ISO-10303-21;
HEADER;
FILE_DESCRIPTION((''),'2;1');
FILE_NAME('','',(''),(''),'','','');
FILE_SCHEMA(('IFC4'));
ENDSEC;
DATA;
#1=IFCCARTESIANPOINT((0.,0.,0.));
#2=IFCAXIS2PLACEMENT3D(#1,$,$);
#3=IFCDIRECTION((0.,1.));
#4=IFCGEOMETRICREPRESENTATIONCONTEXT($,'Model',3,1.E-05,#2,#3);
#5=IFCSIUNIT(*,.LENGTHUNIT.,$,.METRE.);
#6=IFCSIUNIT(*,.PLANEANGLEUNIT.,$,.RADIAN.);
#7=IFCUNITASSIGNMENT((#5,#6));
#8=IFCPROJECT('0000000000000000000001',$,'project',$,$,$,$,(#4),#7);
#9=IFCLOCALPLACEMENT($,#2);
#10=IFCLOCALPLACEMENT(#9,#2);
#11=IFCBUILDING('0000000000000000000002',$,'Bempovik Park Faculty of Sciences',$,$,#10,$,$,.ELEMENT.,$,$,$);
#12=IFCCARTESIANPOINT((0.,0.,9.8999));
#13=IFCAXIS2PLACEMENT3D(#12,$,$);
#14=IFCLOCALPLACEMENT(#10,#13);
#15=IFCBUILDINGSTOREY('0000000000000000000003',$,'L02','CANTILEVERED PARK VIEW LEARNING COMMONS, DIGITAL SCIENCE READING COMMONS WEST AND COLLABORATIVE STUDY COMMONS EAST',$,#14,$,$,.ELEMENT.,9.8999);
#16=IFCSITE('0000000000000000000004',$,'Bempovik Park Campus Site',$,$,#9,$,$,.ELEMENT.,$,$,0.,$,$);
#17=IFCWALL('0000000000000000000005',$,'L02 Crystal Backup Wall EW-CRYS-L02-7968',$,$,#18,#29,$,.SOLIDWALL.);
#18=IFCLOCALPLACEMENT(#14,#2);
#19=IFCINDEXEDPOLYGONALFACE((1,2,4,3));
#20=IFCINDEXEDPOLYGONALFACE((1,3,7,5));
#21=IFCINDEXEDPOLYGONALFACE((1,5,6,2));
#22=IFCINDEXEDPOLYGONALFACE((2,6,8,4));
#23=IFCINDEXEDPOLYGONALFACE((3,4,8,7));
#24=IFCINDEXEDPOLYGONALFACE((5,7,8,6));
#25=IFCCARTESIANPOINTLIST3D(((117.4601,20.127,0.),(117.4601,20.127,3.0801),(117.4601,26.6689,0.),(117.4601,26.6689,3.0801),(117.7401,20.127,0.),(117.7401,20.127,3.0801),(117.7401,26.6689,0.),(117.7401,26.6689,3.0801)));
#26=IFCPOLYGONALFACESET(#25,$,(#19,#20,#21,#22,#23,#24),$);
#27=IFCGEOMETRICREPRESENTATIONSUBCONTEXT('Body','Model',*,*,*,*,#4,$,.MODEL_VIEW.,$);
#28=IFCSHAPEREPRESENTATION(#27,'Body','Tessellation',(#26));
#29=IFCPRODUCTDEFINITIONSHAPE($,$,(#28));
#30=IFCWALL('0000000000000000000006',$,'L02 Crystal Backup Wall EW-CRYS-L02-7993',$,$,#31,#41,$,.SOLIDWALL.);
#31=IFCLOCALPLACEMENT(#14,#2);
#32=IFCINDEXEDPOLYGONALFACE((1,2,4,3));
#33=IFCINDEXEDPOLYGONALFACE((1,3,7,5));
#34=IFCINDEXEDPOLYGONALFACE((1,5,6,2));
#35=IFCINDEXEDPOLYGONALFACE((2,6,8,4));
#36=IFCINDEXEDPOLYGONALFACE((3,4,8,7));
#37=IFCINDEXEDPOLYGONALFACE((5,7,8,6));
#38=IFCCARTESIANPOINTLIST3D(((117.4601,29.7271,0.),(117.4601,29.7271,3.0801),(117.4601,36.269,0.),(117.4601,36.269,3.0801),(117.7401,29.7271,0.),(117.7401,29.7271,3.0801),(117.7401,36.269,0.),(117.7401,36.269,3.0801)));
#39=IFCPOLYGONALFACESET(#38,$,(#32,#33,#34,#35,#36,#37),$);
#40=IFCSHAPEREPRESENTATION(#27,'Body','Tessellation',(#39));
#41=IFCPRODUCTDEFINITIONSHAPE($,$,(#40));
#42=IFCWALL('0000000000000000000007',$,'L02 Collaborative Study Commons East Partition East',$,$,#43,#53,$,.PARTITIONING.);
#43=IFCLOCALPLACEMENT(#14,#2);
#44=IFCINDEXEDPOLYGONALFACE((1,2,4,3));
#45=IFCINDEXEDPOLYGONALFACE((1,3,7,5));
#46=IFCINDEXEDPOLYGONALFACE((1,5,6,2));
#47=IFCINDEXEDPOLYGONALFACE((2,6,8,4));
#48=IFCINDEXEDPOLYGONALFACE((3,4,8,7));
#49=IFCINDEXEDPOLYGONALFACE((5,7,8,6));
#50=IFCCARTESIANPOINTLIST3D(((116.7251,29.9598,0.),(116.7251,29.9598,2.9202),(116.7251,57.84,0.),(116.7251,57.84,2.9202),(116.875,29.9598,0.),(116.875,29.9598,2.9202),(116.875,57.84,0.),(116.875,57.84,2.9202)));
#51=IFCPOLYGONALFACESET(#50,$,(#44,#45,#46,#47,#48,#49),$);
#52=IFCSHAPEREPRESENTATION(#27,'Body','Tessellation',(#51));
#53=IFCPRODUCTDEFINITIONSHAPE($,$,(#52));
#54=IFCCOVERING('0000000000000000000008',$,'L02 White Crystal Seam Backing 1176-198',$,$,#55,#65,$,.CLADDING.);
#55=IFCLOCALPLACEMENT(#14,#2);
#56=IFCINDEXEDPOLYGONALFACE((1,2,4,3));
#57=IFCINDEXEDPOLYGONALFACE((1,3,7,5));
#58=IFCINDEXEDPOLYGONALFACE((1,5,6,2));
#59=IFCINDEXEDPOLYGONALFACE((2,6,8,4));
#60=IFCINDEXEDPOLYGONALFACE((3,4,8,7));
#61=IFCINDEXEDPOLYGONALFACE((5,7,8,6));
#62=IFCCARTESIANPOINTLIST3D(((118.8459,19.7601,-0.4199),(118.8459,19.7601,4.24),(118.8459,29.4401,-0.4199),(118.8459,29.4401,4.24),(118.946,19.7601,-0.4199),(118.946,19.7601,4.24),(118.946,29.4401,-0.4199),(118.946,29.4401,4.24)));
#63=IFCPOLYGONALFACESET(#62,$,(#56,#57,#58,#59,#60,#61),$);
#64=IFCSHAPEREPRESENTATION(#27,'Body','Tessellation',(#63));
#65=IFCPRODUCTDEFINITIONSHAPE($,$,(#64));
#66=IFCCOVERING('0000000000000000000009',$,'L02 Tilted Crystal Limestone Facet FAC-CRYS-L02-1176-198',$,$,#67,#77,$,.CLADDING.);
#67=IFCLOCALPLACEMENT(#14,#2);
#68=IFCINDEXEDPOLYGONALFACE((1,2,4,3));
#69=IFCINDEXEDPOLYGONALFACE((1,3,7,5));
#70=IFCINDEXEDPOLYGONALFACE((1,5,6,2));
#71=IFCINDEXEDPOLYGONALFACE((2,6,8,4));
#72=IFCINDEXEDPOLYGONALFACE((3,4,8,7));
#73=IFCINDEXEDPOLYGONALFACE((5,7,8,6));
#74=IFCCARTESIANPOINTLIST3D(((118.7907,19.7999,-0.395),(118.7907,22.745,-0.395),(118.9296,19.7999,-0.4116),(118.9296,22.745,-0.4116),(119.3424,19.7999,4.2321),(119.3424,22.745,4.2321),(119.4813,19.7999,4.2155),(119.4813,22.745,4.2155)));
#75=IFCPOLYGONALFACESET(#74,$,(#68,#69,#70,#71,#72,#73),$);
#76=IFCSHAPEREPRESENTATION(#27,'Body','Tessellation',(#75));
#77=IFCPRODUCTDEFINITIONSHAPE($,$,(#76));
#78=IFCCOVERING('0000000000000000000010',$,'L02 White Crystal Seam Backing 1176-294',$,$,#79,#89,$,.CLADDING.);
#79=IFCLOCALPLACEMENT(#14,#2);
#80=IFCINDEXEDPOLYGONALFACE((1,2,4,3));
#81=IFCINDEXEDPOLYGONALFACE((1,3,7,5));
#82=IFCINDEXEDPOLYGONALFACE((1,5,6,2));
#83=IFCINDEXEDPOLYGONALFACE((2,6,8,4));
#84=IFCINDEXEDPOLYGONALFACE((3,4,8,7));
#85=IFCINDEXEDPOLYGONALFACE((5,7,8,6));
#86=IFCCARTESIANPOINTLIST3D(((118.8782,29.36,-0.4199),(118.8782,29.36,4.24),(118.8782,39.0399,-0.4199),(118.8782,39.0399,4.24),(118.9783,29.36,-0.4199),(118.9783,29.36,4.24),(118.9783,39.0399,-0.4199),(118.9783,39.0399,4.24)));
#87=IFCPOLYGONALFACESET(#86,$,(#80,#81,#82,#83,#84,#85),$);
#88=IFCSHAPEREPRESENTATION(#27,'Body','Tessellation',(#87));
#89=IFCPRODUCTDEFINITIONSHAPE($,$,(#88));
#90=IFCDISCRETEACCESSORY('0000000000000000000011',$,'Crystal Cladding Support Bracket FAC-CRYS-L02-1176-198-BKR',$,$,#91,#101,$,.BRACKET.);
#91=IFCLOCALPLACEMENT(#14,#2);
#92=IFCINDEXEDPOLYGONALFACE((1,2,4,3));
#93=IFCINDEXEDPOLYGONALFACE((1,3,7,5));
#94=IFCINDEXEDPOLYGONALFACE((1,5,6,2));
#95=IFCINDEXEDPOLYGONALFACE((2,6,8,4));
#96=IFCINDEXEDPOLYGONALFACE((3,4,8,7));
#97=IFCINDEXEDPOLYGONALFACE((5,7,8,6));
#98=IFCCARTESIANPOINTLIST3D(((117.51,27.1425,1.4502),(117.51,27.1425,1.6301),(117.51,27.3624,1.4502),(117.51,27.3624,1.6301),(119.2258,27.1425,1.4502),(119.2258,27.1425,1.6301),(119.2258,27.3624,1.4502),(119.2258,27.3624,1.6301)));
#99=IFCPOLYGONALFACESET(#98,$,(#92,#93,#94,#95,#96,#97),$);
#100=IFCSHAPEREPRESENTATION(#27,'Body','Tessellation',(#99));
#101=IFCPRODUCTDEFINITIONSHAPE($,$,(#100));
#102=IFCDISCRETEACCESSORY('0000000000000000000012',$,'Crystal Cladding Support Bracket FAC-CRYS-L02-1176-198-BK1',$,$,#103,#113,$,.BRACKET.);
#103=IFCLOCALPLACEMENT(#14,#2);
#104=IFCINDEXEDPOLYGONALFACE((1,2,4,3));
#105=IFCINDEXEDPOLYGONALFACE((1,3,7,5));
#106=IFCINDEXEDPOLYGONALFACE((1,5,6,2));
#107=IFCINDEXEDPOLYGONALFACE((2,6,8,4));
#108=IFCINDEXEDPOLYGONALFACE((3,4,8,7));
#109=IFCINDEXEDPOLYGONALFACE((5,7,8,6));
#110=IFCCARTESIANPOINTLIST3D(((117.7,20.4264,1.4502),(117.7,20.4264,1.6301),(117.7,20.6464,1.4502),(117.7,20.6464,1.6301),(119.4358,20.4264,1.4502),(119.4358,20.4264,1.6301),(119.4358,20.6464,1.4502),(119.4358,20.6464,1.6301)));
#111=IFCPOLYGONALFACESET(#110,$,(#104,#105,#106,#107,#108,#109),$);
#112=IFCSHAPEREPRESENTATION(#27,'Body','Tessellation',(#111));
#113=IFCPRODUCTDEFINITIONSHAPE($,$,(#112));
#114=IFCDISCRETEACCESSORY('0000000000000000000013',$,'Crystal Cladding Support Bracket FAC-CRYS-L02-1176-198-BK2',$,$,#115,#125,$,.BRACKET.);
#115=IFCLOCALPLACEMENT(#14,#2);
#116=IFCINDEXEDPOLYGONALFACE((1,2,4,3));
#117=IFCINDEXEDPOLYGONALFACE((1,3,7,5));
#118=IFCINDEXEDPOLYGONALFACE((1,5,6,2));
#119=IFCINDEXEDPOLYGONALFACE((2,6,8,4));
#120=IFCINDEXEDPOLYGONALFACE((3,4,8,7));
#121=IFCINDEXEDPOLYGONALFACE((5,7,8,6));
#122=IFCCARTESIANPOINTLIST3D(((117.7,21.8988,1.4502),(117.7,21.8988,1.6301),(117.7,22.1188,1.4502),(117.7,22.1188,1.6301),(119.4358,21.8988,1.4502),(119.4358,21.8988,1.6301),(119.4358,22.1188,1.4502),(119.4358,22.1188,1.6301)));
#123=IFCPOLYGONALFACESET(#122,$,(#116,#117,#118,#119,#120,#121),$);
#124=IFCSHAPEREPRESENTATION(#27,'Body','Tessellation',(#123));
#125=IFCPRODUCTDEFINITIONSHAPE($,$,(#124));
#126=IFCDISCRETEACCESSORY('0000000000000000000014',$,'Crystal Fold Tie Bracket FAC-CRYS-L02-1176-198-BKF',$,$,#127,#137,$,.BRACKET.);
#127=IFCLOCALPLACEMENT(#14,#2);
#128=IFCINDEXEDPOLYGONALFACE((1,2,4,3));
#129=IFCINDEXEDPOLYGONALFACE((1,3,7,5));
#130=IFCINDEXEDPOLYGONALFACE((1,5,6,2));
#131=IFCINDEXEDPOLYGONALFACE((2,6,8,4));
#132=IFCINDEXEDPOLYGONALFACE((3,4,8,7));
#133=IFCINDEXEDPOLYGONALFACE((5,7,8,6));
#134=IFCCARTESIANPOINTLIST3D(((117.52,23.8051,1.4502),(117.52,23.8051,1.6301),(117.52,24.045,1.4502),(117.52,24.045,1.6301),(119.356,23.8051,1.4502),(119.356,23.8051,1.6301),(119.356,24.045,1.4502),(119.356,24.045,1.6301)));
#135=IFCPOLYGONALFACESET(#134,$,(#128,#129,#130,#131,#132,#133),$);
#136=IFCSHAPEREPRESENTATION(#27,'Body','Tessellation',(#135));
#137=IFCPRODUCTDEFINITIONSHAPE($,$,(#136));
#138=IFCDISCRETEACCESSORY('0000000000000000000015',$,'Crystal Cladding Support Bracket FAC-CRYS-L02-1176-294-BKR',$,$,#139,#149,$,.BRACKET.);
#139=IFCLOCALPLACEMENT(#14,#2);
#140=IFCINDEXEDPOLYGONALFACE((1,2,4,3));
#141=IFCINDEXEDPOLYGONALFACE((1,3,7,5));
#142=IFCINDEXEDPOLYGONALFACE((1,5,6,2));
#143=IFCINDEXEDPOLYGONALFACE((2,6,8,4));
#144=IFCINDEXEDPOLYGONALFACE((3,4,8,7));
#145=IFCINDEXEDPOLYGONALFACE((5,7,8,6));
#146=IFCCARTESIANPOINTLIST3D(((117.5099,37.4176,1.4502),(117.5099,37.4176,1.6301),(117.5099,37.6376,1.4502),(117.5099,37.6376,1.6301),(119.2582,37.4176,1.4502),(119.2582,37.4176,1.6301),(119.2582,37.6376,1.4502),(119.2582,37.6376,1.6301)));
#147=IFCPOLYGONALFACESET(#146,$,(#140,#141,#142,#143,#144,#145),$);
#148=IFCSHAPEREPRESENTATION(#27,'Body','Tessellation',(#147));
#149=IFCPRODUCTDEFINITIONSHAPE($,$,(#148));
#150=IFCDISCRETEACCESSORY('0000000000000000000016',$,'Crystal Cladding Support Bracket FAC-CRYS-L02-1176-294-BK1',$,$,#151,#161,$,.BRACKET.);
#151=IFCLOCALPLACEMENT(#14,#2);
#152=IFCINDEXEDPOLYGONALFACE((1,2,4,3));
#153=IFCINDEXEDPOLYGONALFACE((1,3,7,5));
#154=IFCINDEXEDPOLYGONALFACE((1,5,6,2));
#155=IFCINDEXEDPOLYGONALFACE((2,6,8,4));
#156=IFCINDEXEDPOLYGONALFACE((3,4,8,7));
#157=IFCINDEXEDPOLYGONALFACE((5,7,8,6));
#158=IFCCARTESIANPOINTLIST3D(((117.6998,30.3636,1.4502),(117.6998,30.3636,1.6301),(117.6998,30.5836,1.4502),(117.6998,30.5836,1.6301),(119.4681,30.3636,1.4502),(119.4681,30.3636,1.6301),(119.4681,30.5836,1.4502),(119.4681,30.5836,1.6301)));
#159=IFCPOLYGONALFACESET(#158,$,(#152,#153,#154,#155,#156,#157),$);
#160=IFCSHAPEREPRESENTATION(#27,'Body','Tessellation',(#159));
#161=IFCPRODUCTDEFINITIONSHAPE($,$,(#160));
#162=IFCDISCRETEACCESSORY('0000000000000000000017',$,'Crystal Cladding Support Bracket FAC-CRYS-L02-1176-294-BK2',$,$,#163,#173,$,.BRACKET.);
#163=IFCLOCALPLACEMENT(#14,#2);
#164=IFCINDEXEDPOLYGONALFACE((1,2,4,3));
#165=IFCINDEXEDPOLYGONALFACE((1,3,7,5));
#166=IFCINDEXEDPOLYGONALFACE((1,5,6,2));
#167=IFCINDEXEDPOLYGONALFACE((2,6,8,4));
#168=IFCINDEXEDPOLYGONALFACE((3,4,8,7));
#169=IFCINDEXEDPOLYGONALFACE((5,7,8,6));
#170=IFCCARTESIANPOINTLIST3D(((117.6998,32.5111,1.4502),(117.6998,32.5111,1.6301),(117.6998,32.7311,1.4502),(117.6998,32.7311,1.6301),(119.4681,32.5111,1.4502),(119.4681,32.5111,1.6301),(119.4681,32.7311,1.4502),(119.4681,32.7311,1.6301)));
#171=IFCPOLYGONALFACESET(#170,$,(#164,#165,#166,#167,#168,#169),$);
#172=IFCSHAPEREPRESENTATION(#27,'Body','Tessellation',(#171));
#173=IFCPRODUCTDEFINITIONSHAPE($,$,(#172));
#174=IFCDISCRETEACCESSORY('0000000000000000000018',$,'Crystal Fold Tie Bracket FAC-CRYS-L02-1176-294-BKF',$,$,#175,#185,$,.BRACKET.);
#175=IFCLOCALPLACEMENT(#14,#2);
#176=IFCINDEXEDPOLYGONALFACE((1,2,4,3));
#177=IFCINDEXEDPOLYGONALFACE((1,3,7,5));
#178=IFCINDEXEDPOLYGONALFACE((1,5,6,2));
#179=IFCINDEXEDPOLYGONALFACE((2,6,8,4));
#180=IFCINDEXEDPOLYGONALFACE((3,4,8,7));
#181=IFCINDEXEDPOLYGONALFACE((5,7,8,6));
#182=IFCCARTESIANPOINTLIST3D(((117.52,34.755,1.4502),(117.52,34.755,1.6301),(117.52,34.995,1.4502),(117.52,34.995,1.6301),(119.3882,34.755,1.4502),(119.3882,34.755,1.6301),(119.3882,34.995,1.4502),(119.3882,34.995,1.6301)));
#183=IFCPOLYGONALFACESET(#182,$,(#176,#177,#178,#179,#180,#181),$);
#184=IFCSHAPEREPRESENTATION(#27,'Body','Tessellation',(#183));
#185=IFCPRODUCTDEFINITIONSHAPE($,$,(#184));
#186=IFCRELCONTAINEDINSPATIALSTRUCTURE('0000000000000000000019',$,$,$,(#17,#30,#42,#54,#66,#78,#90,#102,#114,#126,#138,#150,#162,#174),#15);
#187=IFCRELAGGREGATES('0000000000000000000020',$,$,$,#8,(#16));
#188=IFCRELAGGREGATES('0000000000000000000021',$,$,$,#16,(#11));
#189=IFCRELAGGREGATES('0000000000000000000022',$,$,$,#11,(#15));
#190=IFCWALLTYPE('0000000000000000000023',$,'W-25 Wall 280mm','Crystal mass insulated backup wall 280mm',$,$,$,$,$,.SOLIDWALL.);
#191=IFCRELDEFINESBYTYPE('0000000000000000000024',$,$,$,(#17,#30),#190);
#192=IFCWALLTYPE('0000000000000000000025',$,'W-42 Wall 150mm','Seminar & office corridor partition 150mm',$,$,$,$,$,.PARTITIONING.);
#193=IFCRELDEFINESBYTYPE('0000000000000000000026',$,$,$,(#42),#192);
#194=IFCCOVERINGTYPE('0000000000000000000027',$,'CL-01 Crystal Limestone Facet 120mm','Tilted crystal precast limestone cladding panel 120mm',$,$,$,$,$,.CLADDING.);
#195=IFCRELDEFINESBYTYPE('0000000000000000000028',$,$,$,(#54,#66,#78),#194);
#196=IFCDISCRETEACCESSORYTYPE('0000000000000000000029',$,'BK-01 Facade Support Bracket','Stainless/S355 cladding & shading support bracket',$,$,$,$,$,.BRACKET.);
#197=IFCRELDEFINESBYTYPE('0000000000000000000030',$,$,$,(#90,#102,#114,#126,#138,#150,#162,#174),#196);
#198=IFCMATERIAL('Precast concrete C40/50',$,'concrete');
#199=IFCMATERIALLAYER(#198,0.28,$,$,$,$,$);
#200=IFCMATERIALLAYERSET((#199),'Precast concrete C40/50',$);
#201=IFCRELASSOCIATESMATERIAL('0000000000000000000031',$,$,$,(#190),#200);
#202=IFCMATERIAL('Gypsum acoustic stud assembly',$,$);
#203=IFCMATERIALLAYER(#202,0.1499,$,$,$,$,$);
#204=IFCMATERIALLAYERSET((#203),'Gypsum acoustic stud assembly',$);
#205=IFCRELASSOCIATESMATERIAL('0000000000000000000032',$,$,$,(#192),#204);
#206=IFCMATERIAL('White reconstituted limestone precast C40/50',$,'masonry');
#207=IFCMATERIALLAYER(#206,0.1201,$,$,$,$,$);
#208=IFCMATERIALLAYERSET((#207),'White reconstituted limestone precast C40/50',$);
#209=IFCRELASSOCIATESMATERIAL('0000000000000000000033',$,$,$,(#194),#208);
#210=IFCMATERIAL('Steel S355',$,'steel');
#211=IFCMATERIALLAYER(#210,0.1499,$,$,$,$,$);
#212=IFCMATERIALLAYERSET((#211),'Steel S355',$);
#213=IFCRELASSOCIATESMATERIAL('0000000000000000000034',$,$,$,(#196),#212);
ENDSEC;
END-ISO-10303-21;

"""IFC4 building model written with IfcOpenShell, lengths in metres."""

from ifc_helpers import new_model, si_unit, direction, frame, frame_2d, origin, origin_2d, place, context, subcontext, project, spatial, rectangle, extrude, material, layer, layer_set, type_object, element, save


model = new_model("IFC4")

# Units and contexts
model_context = context("Model", 3, precision=1e-05, world=origin(), true_north=direction((0.0, 1.0)))
body_context = subcontext(model_context, "Body", "Model", "MODEL_VIEW")
ifc_project = project(units=[si_unit("LENGTHUNIT", "METRE"), si_unit("PLANEANGLEUNIT", "RADIAN")], contexts=[model_context])

# Site, building, storey
site_placement = place(None, origin())
site = spatial("IfcSite", under=ifc_project, at=site_placement, Name="Bempovik Park Campus Site", CompositionType="ELEMENT", RefElevation=0.0)
building_placement = place(site_placement, origin())
building = spatial("IfcBuilding", under=site, at=building_placement, Name="Bempovik Park Faculty of Sciences", CompositionType="ELEMENT")
storey_placement = place(building_placement, frame((0.0, 0.0, 9.8999)))
storey = spatial("IfcBuildingStorey", under=building, at=storey_placement, Name="L02", Description="CANTILEVERED PARK VIEW LEARNING COMMONS, DIGITAL SCIENCE READING COMMONS WEST AND COLLABORATIVE STUDY COMMONS EAST", CompositionType="ELEMENT", Elevation=9.8999)

# Shared definitions
ifc_material_1 = material(Name="Steel S355", Category="steel")

# Walls
ifc_material_2 = material(Name="Precast concrete C40/50", Category="concrete")
ifc_layer_1 = layer(ifc_material_2, 0.28)
ifc_layer_set_1 = layer_set([ifc_layer_1], Name="Precast concrete C40/50")
wall_type_1 = type_object("IfcWallType", Name="W-25 Wall 280mm", Description="Crystal mass insulated backup wall 280mm", PredefinedType="SOLIDWALL", material=ifc_layer_set_1)
for number, where, z_axis, x_axis, name in (
    (1, (117.6001, 20.127, 0.0), (0.0, 0.0, 1.0), (0.0, 1.0, 0.0), "L02 Crystal Backup Wall EW-CRYS-L02-7968"),
    (2, (117.6001, 29.7271, 0.0), (0.0, 0.0, 1.0), (0.0, 1.0, 0.0), "L02 Crystal Backup Wall EW-CRYS-L02-7993"),
):
    element("IfcWall", number, at=place(storey_placement, frame(where, z_axis=z_axis, x_axis=x_axis)), inside=storey, type_object=wall_type_1, Name=name, PredefinedType="SOLIDWALL", context=body_context, shape_type="SweptSolid", body=[
        extrude(rectangle(XDim=6.542, YDim=0.28, at=frame_2d((3.271, 0.0))), origin(), (0.0, 0.0, 1.0), 3.0801),
    ])
ifc_material_3 = material(Name="Gypsum acoustic stud assembly")
ifc_layer_2 = layer(ifc_material_3, 0.1499)
ifc_layer_set_2 = layer_set([ifc_layer_2], Name="Gypsum acoustic stud assembly")
wall_type_2 = type_object("IfcWallType", Name="W-42 Wall 150mm", Description="Seminar & office corridor partition 150mm", PredefinedType="PARTITIONING", material=ifc_layer_set_2)
wall_placement = place(storey_placement, frame((116.8, 29.96, 0.0), z_axis=(0.0, 0.0, 1.0), x_axis=(0.0, 1.0, 0.0)))
element("IfcWall", 3, at=wall_placement, inside=storey, type_object=wall_type_2, Name="L02 Collaborative Study Commons East Partition East", PredefinedType="PARTITIONING", context=body_context, shape_type="SweptSolid", body=[
    extrude(rectangle(XDim=27.8801, YDim=0.1499, at=frame_2d((13.9399, 0.0))), origin(), (0.0, 0.0, 1.0), 2.9202),
])

# Coverings
ifc_material_4 = material(Name="White reconstituted limestone precast C40/50", Category="masonry")
ifc_layer_3 = layer(ifc_material_4, 0.1201)
ifc_layer_set_3 = layer_set([ifc_layer_3], Name="White reconstituted limestone precast C40/50")
covering_type = type_object("IfcCoveringType", Name="CL-01 Crystal Limestone Facet 120mm", Description="Tilted crystal precast limestone cladding panel 120mm", PredefinedType="CLADDING", material=ifc_layer_set_3)
covering_1_placement = place(storey_placement, frame((118.896, 24.6001, -0.4199), z_axis=(0.0, 0.0, 1.0), x_axis=(1.0, 0.0, 0.0)))
element("IfcCovering", 4, at=covering_1_placement, inside=storey, type_object=covering_type, Name="L02 White Crystal Seam Backing 1176-198", PredefinedType="CLADDING", context=body_context, shape_type="SweptSolid", body=[
    extrude(rectangle(XDim=0.1001, YDim=9.6799, at=origin_2d()), origin(), (0.0, 0.0, 1.0), 4.6599),
])
covering_2_placement = place(storey_placement, frame((118.8601, 21.2725, -0.4033), z_axis=(0.118404, 0.0, 0.992966), x_axis=(0.0, 1.0, 0.0)))
element("IfcCovering", 5, at=covering_2_placement, inside=storey, type_object=covering_type, Name="L02 Tilted Crystal Limestone Facet FAC-CRYS-L02-1176-198", PredefinedType="CLADDING", context=body_context, shape_type="SweptSolid", body=[
    extrude(rectangle(XDim=2.9451, YDim=0.1399, at=origin_2d()), origin(), (0.0, 0.0, 1.0), 4.6599),
])
covering_3_placement = place(storey_placement, frame((118.9282, 34.2, -0.4199), z_axis=(0.0, 0.0, 1.0), x_axis=(1.0, 0.0, 0.0)))
element("IfcCovering", 6, at=covering_3_placement, inside=storey, type_object=covering_type, Name="L02 White Crystal Seam Backing 1176-294", PredefinedType="CLADDING", context=body_context, shape_type="SweptSolid", body=[
    extrude(rectangle(XDim=0.1001, YDim=9.6799, at=origin_2d()), origin(), (0.0, 0.0, 1.0), 4.6599),
])

# Discrete accessories
ifc_layer_4 = layer(ifc_material_1, 0.1499)
ifc_layer_set_4 = layer_set([ifc_layer_4], Name="Steel S355")
discrete_accessory_type = type_object("IfcDiscreteAccessoryType", Name="BK-01 Facade Support Bracket", Description="Stainless/S355 cladding & shading support bracket", PredefinedType="BRACKET", material=ifc_layer_set_4)
discrete_accessory_1_placement = place(storey_placement, frame((118.3679, 27.2524, 1.4502), z_axis=(0.0, 0.0, 1.0), x_axis=(1.0, 0.0, 0.0)))
element("IfcDiscreteAccessory", 7, at=discrete_accessory_1_placement, inside=storey, type_object=discrete_accessory_type, Name="Crystal Cladding Support Bracket FAC-CRYS-L02-1176-198-BKR", PredefinedType="BRACKET", context=body_context, shape_type="SweptSolid", body=[
    extrude(rectangle(XDim=1.7158, YDim=0.22, at=origin_2d()), origin(), (0.0, 0.0, 1.0), 0.1799),
])
for number, where, z_axis, x_axis, name in (
    (8, (118.5679, 20.5364, 1.4502), (0.0, 0.0, 1.0), (1.0, 0.0, 0.0), "Crystal Cladding Support Bracket FAC-CRYS-L02-1176-198-BK1"),
    (9, (118.5679, 22.0088, 1.4502), (0.0, 0.0, 1.0), (1.0, 0.0, 0.0), "Crystal Cladding Support Bracket FAC-CRYS-L02-1176-198-BK2"),
):
    element("IfcDiscreteAccessory", number, at=place(storey_placement, frame(where, z_axis=z_axis, x_axis=x_axis)), inside=storey, type_object=discrete_accessory_type, Name=name, PredefinedType="BRACKET", context=body_context, shape_type="SweptSolid", body=[
        extrude(rectangle(XDim=1.7358, YDim=0.22, at=origin_2d()), origin(), (0.0, 0.0, 1.0), 0.1799),
    ])
discrete_accessory_2_placement = place(storey_placement, frame((118.438, 23.925, 1.4502), z_axis=(0.0, 0.0, 1.0), x_axis=(1.0, 0.0, 0.0)))
element("IfcDiscreteAccessory", 10, at=discrete_accessory_2_placement, inside=storey, type_object=discrete_accessory_type, Name="Crystal Fold Tie Bracket FAC-CRYS-L02-1176-198-BKF", PredefinedType="BRACKET", context=body_context, shape_type="SweptSolid", body=[
    extrude(rectangle(XDim=1.8359, YDim=0.24, at=origin_2d()), origin(), (0.0, 0.0, 1.0), 0.1799),
])
discrete_accessory_3_placement = place(storey_placement, frame((118.384, 37.5276, 1.4502), z_axis=(0.0, 0.0, 1.0), x_axis=(1.0, 0.0, 0.0)))
element("IfcDiscreteAccessory", 11, at=discrete_accessory_3_placement, inside=storey, type_object=discrete_accessory_type, Name="Crystal Cladding Support Bracket FAC-CRYS-L02-1176-294-BKR", PredefinedType="BRACKET", context=body_context, shape_type="SweptSolid", body=[
    extrude(rectangle(XDim=1.7483, YDim=0.22, at=origin_2d()), origin(), (0.0, 0.0, 1.0), 0.1799),
])
for number, where, z_axis, x_axis, name in (
    (12, (118.584, 30.4736, 1.4502), (0.0, 0.0, 1.0), (1.0, 0.0, 0.0), "Crystal Cladding Support Bracket FAC-CRYS-L02-1176-294-BK1"),
    (13, (118.584, 32.6211, 1.4502), (0.0, 0.0, 1.0), (1.0, 0.0, 0.0), "Crystal Cladding Support Bracket FAC-CRYS-L02-1176-294-BK2"),
):
    element("IfcDiscreteAccessory", number, at=place(storey_placement, frame(where, z_axis=z_axis, x_axis=x_axis)), inside=storey, type_object=discrete_accessory_type, Name=name, PredefinedType="BRACKET", context=body_context, shape_type="SweptSolid", body=[
        extrude(rectangle(XDim=1.7683, YDim=0.22, at=origin_2d()), origin(), (0.0, 0.0, 1.0), 0.1799),
    ])
discrete_accessory_4_placement = place(storey_placement, frame((118.4541, 34.875, 1.4502), z_axis=(0.0, 0.0, 1.0), x_axis=(1.0, 0.0, 0.0)))
element("IfcDiscreteAccessory", 14, at=discrete_accessory_4_placement, inside=storey, type_object=discrete_accessory_type, Name="Crystal Fold Tie Bracket FAC-CRYS-L02-1176-294-BKF", PredefinedType="BRACKET", context=body_context, shape_type="SweptSolid", body=[
    extrude(rectangle(XDim=1.8682, YDim=0.24, at=origin_2d()), origin(), (0.0, 0.0, 1.0), 0.1799),
])

save(model, "model.ifc")
